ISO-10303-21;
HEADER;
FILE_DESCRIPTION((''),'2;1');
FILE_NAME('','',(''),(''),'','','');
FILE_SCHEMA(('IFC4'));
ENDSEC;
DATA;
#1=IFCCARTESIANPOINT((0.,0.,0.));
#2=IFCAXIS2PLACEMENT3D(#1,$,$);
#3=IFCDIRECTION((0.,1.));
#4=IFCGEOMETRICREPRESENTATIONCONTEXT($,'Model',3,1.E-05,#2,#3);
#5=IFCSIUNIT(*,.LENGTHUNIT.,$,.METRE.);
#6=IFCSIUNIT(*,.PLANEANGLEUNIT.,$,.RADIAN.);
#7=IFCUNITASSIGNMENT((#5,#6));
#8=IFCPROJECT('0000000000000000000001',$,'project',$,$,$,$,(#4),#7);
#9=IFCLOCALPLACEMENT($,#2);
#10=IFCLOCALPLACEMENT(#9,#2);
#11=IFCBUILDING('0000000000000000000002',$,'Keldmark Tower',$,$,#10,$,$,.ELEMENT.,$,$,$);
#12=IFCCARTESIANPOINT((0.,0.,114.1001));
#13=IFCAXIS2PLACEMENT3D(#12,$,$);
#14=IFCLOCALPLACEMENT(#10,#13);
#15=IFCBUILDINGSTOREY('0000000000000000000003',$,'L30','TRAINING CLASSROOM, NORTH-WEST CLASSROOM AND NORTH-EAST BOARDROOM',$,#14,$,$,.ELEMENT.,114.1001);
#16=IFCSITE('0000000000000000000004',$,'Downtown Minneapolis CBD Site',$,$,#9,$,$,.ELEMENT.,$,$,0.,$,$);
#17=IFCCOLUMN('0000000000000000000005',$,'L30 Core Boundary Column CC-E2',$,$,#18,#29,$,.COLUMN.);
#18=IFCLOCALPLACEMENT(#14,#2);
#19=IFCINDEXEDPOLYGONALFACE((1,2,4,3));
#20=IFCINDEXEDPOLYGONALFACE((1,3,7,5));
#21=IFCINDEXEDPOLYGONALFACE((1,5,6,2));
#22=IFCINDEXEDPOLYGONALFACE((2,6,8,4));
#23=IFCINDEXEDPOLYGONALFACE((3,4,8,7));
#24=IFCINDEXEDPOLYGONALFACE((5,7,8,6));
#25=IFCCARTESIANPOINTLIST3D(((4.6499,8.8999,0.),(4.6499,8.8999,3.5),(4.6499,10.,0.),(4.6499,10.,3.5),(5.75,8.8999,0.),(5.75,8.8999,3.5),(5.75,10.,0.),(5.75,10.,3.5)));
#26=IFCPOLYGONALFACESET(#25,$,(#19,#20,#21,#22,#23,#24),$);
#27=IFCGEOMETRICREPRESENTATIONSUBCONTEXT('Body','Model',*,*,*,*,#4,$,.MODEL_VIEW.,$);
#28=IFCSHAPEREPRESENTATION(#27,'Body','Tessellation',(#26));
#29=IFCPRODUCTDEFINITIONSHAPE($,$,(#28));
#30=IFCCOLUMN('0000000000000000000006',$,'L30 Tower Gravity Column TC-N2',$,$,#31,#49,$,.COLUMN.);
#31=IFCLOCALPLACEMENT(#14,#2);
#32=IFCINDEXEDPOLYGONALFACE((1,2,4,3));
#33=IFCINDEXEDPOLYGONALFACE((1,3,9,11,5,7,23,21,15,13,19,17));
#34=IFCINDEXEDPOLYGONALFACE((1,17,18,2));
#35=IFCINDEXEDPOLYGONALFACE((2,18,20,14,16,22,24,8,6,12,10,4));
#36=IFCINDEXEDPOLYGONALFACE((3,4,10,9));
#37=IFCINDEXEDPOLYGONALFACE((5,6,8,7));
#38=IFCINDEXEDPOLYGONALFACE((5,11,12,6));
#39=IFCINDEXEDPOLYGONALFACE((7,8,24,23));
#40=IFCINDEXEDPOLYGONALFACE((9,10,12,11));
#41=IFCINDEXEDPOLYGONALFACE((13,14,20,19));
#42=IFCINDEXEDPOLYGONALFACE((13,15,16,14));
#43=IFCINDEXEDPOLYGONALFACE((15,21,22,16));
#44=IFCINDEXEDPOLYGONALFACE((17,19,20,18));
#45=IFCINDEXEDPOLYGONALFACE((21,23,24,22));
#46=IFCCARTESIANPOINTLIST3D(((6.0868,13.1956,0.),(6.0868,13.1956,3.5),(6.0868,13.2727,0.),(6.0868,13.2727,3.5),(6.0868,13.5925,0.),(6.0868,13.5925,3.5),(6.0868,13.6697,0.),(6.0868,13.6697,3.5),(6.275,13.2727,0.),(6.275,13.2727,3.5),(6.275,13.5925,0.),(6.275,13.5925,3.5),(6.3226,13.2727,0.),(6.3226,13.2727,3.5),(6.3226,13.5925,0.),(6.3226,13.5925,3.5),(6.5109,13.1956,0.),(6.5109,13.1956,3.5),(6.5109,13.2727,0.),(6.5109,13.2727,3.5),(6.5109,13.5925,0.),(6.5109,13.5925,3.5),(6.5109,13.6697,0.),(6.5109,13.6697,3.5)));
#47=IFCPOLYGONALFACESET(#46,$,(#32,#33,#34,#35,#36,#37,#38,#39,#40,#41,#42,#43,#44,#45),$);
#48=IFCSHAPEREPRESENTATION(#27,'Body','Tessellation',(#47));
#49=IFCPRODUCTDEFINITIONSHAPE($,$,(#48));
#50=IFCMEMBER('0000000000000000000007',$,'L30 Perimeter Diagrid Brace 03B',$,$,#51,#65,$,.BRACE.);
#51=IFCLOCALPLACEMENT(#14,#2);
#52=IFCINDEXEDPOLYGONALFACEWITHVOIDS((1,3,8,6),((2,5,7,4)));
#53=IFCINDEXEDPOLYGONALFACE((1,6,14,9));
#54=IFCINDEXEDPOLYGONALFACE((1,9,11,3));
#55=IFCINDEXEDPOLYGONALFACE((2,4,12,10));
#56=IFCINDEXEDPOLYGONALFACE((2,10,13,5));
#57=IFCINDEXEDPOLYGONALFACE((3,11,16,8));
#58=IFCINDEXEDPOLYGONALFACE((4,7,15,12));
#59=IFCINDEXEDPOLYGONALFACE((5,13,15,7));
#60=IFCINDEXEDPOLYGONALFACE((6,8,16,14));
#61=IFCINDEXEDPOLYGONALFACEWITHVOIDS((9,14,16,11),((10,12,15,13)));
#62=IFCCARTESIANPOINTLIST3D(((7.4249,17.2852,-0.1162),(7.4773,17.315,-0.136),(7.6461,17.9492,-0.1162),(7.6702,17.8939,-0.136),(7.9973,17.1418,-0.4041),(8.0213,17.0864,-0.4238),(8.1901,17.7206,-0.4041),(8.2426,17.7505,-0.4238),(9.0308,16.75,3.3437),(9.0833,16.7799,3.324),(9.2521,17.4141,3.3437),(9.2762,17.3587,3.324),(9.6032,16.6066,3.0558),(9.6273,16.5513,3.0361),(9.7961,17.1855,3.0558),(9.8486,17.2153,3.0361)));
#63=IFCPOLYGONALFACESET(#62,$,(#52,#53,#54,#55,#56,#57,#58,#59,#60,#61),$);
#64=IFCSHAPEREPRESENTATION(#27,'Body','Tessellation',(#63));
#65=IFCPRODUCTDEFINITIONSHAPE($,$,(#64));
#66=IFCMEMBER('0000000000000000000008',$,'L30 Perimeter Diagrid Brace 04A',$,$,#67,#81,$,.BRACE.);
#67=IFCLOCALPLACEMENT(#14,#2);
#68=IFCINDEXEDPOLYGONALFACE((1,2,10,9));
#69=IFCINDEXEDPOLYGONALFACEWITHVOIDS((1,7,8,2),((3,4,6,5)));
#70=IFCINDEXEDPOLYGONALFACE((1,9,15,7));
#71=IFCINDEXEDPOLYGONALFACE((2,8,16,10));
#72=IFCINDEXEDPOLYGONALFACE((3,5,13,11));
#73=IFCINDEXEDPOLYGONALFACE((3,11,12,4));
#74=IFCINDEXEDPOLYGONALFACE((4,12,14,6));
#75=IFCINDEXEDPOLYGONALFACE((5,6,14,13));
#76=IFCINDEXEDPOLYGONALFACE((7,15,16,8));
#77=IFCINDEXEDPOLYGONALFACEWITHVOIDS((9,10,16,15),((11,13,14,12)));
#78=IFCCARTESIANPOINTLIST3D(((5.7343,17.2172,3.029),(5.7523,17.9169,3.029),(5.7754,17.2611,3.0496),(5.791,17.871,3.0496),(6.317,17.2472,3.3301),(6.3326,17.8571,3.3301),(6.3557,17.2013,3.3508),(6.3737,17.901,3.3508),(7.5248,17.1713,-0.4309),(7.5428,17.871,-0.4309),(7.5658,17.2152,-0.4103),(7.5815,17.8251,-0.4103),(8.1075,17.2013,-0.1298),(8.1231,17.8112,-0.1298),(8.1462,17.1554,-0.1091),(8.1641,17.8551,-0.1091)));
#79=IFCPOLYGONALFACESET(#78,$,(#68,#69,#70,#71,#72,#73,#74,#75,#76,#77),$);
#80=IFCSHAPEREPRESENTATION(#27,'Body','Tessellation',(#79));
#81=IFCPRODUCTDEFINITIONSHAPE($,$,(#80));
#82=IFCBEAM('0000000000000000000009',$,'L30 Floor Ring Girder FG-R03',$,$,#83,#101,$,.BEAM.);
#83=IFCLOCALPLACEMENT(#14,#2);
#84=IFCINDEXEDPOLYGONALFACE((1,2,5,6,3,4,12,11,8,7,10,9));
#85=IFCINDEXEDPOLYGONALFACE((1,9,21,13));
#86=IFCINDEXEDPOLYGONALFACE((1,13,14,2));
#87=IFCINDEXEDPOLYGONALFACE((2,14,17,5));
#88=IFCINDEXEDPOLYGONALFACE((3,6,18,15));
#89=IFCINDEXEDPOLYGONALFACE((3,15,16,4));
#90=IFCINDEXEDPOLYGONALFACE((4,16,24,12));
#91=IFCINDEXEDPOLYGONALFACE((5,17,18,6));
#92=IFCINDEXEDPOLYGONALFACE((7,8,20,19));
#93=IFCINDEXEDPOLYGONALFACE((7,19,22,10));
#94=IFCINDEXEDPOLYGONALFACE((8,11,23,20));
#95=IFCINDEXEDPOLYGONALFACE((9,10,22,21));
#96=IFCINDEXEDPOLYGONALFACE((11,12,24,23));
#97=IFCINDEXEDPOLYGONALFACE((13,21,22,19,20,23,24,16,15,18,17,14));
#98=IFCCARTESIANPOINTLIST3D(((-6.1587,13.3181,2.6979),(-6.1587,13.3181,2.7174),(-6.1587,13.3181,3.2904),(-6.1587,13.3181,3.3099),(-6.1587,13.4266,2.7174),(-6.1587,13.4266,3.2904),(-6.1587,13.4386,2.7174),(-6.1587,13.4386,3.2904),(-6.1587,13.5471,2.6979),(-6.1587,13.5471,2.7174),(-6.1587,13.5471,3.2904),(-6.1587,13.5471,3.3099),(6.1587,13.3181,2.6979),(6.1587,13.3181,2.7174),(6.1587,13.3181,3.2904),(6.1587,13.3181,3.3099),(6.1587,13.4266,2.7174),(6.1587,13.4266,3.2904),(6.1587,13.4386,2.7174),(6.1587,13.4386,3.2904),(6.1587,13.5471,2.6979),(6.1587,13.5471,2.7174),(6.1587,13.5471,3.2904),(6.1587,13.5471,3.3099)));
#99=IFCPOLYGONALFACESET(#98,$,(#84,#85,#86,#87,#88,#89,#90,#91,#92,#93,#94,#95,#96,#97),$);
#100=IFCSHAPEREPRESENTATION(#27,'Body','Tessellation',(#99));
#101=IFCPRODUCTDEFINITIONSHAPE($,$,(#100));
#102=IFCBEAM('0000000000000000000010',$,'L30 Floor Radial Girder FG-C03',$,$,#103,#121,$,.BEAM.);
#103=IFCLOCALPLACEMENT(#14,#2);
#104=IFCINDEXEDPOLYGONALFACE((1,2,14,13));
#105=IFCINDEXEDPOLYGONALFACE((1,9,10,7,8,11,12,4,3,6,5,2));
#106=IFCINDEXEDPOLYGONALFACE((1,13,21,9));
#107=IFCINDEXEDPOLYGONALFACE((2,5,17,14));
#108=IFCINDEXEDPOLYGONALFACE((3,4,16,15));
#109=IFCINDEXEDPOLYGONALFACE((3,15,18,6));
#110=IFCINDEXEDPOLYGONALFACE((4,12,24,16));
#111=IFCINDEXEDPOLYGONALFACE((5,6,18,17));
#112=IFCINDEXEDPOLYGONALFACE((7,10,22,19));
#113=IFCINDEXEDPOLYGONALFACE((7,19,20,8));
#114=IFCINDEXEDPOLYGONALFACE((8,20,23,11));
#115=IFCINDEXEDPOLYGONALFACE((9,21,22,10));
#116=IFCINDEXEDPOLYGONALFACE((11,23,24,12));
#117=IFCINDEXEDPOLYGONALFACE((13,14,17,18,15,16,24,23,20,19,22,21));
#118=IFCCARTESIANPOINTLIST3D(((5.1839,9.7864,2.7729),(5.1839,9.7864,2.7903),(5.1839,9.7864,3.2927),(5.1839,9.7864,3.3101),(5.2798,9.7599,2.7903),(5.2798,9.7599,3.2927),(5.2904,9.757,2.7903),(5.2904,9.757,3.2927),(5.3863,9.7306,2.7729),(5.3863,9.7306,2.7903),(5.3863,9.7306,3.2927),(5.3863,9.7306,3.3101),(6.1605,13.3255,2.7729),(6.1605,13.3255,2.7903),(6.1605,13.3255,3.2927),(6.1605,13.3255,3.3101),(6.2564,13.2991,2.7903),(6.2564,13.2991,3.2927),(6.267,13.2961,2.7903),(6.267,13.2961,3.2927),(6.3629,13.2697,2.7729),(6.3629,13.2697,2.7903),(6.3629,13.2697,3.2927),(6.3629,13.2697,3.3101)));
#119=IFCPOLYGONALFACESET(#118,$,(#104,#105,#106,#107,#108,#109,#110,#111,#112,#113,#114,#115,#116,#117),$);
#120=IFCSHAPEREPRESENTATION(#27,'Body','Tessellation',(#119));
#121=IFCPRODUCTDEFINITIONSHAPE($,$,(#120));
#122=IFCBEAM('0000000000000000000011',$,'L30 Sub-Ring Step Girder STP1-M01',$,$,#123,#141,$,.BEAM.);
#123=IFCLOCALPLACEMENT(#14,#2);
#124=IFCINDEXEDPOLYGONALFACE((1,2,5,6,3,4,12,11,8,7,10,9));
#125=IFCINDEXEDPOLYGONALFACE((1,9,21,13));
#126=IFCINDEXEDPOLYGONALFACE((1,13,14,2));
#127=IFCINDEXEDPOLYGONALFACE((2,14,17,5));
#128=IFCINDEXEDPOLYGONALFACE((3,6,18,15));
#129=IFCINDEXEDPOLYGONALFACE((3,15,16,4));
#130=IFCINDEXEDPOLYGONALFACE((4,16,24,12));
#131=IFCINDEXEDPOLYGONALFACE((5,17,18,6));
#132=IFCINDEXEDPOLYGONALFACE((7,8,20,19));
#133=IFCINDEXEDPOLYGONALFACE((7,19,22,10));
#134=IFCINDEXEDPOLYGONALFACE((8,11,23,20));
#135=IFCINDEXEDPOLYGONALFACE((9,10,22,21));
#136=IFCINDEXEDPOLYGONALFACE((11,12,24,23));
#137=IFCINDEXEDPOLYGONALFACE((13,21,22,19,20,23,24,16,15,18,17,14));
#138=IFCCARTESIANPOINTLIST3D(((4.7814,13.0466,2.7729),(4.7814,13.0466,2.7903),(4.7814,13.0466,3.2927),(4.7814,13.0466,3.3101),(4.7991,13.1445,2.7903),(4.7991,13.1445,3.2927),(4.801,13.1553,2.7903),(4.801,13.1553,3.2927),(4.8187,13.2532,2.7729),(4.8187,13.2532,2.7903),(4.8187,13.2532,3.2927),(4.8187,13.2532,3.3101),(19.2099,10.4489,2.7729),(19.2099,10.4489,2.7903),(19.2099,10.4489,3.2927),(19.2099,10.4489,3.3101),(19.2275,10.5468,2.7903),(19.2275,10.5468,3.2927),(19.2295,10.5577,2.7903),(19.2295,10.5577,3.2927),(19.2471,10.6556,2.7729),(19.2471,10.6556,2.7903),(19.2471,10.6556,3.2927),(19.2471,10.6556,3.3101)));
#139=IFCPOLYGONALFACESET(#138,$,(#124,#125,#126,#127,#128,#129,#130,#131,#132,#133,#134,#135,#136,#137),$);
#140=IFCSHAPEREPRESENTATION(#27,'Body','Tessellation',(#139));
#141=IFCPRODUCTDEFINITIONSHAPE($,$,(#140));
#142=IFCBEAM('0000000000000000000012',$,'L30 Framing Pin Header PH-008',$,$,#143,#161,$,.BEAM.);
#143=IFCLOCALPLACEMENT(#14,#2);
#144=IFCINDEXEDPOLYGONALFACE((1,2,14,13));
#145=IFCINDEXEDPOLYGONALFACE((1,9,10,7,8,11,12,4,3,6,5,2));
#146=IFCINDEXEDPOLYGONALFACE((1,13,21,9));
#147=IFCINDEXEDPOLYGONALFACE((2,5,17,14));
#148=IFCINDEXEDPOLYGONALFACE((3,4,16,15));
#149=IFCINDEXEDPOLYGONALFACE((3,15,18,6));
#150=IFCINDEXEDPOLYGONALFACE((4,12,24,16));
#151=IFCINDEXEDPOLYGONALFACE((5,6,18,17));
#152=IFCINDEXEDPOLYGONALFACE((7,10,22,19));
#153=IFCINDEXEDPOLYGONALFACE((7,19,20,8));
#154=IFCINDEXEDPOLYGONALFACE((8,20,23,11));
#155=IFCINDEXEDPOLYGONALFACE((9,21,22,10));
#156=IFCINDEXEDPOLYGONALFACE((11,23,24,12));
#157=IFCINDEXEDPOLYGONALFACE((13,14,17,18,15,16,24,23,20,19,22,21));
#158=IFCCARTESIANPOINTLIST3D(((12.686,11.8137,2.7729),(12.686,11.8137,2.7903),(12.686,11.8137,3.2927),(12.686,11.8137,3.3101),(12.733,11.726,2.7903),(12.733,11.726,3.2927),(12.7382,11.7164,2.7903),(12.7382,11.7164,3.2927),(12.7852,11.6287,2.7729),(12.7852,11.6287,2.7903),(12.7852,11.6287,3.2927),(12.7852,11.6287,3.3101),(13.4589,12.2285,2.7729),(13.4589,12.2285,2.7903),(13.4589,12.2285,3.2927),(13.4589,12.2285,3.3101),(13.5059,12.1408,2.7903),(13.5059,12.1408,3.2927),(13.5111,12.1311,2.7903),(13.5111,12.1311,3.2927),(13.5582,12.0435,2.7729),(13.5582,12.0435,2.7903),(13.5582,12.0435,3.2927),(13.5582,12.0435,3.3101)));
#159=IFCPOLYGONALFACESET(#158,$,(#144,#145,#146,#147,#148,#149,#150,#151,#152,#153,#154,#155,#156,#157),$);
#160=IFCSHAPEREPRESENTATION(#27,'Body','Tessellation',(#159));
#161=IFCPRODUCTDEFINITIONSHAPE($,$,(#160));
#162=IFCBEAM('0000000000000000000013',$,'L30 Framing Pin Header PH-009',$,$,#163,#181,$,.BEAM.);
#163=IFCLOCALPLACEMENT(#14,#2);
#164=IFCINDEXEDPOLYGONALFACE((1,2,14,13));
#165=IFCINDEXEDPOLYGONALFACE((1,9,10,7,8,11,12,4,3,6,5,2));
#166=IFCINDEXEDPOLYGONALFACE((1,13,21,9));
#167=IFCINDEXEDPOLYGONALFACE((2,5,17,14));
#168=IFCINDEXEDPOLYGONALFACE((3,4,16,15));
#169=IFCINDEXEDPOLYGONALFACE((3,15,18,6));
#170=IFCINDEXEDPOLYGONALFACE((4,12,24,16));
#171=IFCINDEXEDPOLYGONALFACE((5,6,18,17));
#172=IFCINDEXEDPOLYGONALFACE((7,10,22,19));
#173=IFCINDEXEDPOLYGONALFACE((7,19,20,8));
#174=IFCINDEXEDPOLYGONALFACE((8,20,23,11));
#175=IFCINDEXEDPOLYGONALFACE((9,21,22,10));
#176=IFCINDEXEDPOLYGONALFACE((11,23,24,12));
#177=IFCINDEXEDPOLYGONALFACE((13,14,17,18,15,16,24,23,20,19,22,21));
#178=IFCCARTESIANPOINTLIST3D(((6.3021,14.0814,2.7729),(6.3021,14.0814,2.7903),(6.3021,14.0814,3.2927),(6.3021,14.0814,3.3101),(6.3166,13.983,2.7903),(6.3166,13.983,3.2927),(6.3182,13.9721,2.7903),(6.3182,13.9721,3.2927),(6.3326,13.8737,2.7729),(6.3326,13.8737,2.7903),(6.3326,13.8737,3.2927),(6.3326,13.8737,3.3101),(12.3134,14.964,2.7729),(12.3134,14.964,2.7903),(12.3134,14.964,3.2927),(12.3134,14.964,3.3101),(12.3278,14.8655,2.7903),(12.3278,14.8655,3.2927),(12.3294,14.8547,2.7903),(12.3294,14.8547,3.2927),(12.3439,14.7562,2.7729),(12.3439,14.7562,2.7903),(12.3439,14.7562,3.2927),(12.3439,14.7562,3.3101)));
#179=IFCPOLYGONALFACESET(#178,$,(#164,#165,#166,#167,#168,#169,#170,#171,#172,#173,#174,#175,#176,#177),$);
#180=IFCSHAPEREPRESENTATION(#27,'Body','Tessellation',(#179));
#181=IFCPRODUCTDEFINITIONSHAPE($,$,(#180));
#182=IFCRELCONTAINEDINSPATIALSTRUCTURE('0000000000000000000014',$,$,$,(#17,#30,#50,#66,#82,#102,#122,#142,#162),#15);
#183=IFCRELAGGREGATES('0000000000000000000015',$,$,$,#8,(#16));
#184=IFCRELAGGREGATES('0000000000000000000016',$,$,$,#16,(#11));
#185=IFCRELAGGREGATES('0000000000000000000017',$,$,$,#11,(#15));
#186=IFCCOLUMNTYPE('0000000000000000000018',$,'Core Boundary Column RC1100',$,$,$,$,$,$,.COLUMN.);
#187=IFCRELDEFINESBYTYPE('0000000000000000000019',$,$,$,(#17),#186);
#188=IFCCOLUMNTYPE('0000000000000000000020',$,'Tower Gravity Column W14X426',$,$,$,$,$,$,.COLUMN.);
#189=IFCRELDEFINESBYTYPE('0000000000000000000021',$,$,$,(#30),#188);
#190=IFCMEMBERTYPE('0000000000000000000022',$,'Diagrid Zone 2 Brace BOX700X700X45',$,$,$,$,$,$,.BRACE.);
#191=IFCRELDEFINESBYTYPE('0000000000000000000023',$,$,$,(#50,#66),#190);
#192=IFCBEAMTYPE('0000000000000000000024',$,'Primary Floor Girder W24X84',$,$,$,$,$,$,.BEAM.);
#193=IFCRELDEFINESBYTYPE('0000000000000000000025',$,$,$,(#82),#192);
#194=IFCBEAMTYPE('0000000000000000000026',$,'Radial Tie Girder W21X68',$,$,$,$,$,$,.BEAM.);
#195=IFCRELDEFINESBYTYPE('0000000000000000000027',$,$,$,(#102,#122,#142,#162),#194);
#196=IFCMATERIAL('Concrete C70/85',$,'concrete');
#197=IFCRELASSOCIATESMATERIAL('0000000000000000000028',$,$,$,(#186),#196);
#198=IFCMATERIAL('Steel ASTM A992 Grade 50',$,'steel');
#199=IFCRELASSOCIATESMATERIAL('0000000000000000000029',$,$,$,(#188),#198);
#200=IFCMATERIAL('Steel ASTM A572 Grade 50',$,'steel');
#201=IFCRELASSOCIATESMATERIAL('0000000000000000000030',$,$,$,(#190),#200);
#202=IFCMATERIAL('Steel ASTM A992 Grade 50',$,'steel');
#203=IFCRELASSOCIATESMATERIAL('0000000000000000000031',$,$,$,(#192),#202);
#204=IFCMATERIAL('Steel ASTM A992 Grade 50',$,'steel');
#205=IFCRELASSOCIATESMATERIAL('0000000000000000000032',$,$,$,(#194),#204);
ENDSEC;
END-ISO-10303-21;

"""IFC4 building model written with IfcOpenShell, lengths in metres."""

from ifc_helpers import new_model, si_unit, direction, frame, origin, origin_2d, place, context, subcontext, project, spatial, rectangle, hollow_rectangle, i_section, extrude, material, material_profile, profile_set, type_object, element, save


model = new_model("IFC4")

# Units and contexts
model_context = context("Model", 3, precision=1e-05, world=origin(), true_north=direction((0.0, 1.0)))
body_context = subcontext(model_context, "Body", "Model", "MODEL_VIEW")
ifc_project = project(units=[si_unit("LENGTHUNIT", "METRE"), si_unit("PLANEANGLEUNIT", "RADIAN")], contexts=[model_context])

# Site, building, storey
site_placement = place(None, origin())
site = spatial("IfcSite", under=ifc_project, at=site_placement, Name="Downtown Minneapolis CBD Site", CompositionType="ELEMENT", RefElevation=0.0)
building_placement = place(site_placement, origin())
building = spatial("IfcBuilding", under=site, at=building_placement, Name="Keldmark Tower", CompositionType="ELEMENT")
storey_placement = place(building_placement, frame((0.0, 0.0, 114.1001)))
storey = spatial("IfcBuildingStorey", under=building, at=storey_placement, Name="L30", Description="TRAINING CLASSROOM, NORTH-WEST CLASSROOM AND NORTH-EAST BOARDROOM", CompositionType="ELEMENT", Elevation=114.1001)

# Columns
ifc_material_1 = material(Name="Concrete C70/85", Category="concrete")
ifc_material_profile_1 = material_profile(ifc_material_1, rectangle(XDim=1.1001, YDim=1.1001, at=origin_2d()), Name="RC1100X1100")
ifc_profile_set_1 = profile_set([ifc_material_profile_1], Name="Concrete C70/85")
column_type_1 = type_object("IfcColumnType", Name="Core Boundary Column RC1100", PredefinedType="COLUMN", material=ifc_profile_set_1)
column_1_placement = place(storey_placement, frame((5.2, 9.45, 0.0), z_axis=(0.0, 0.0, 1.0), x_axis=(1.0, 0.0, 0.0)))
element("IfcColumn", 1, at=column_1_placement, inside=storey, type_object=column_type_1, Name="L30 Core Boundary Column CC-E2", PredefinedType="COLUMN", context=body_context, shape_type="SweptSolid", body=[
    extrude(rectangle(XDim=1.1001, YDim=1.1001, at=origin_2d()), origin(), (0.0, 0.0, 1.0), 3.5),
])
ifc_material_2 = material(Name="Steel ASTM A992 Grade 50", Category="steel")
ifc_material_profile_2 = material_profile(ifc_material_2, i_section(OverallWidth=0.4241, OverallDepth=0.4741, WebThickness=0.0476, FlangeThickness=0.0771, at=origin_2d()), Name="W14X426")
ifc_profile_set_2 = profile_set([ifc_material_profile_2], Name="Steel ASTM A992 Grade 50")
column_type_2 = type_object("IfcColumnType", Name="Tower Gravity Column W14X426", PredefinedType="COLUMN", material=ifc_profile_set_2)
column_2_placement = place(storey_placement, frame((6.2988, 13.4326, 0.0), z_axis=(0.0, 0.0, 1.0), x_axis=(1.0, 0.0, 0.0)))
element("IfcColumn", 2, at=column_2_placement, inside=storey, type_object=column_type_2, Name="L30 Tower Gravity Column TC-N2", PredefinedType="COLUMN", context=body_context, shape_type="SweptSolid", body=[
    extrude(i_section(OverallWidth=0.4241, OverallDepth=0.4741, WebThickness=0.0476, FlangeThickness=0.0771, at=origin_2d()), origin(), (0.0, 0.0, 1.0), 3.5),
])

# Members
ifc_material_3 = material(Name="Steel ASTM A572 Grade 50", Category="steel")
ifc_material_profile_3 = material_profile(ifc_material_3, hollow_rectangle(XDim=0.7, YDim=0.7, WallThickness=0.0449, at=origin_2d()), Name="BOX700X700X45")
ifc_profile_set_3 = profile_set([ifc_material_profile_3], Name="Steel ASTM A572 Grade 50")
member_type = type_object("IfcMemberType", Name="Diagrid Zone 2 Brace BOX700X700X45", PredefinedType="BRACE", material=ifc_profile_set_3)
member_1_placement = place(storey_placement, frame((7.8337, 17.5178, -0.27), z_axis=(0.41693, -0.138935, 0.898257), x_axis=(0.316141, 0.948712, 0.0)))
element("IfcMember", 3, at=member_1_placement, inside=storey, type_object=member_type, Name="L30 Perimeter Diagrid Brace 03B", PredefinedType="BRACE", context=body_context, shape_type="SweptSolid", body=[
    extrude(hollow_rectangle(XDim=0.7, YDim=0.7, WallThickness=0.0449, at=origin_2d()), origin(), (0.0, 0.0, 1.0), 3.8518),
])
member_2_placement = place(storey_placement, frame((7.8445, 17.5132, -0.27), z_axis=(-0.459572, 0.011781, 0.888063), x_axis=(-0.025626, -0.999672, 0.0)))
element("IfcMember", 4, at=member_2_placement, inside=storey, type_object=member_type, Name="L30 Perimeter Diagrid Brace 04A", PredefinedType="BRACE", context=body_context, shape_type="SweptSolid", body=[
    extrude(hollow_rectangle(XDim=0.7, YDim=0.7, WallThickness=0.0449, at=origin_2d()), origin(), (0.0, 0.0, 1.0), 3.896),
])

# Beams
ifc_material_4 = material(Name="Steel ASTM A992 Grade 50", Category="steel")
ifc_material_profile_4 = material_profile(ifc_material_4, i_section(OverallWidth=0.229, OverallDepth=0.6121, WebThickness=0.012, FlangeThickness=0.0195, at=origin_2d()), Name="W24X84")
ifc_profile_set_4 = profile_set([ifc_material_profile_4], Name="Steel ASTM A992 Grade 50")
beam_type_1 = type_object("IfcBeamType", Name="Primary Floor Girder W24X84", PredefinedType="BEAM", material=ifc_profile_set_4)
beam_1_placement = place(storey_placement, frame((6.1587, 13.4326, 3.0039), z_axis=(-1.0, 0.0, 0.0), x_axis=(0.0, -1.0, 0.0)))
element("IfcBeam", 5, at=beam_1_placement, inside=storey, type_object=beam_type_1, Name="L30 Floor Ring Girder FG-R03", PredefinedType="BEAM", context=body_context, shape_type="SweptSolid", body=[
    extrude(i_section(OverallWidth=0.229, OverallDepth=0.6121, WebThickness=0.012, FlangeThickness=0.0195, at=origin_2d()), origin(), (0.0, 0.0, 1.0), 12.3174),
])
ifc_material_5 = material(Name="Steel ASTM A992 Grade 50", Category="steel")
ifc_material_profile_5 = material_profile(ifc_material_5, i_section(OverallWidth=0.21, OverallDepth=0.5371, WebThickness=0.011, FlangeThickness=0.0173, at=origin_2d()), Name="W21X68")
ifc_profile_set_5 = profile_set([ifc_material_profile_5], Name="Steel ASTM A992 Grade 50")
beam_type_2 = type_object("IfcBeamType", Name="Radial Tie Girder W21X68", PredefinedType="BEAM", material=ifc_profile_set_5)
beam_2_placement = place(storey_placement, frame((6.2617, 13.2976, 3.0415), z_axis=(-0.265997, -0.963974, 0.0), x_axis=(0.963974, -0.265997, 0.0)))
element("IfcBeam", 6, at=beam_2_placement, inside=storey, type_object=beam_type_2, Name="L30 Floor Radial Girder FG-C03", PredefinedType="BEAM", context=body_context, shape_type="SweptSolid", body=[
    extrude(i_section(OverallWidth=0.21, OverallDepth=0.5371, WebThickness=0.011, FlangeThickness=0.0173, at=origin_2d()), origin(), (0.0, 0.0, 1.0), 3.6714),
])
beam_3_placement = place(storey_placement, frame((4.8, 13.1499, 3.0415), z_axis=(0.984177, -0.177188, 0.0), x_axis=(0.177188, 0.984177, 0.0)))
element("IfcBeam", 7, at=beam_3_placement, inside=storey, type_object=beam_type_2, Name="L30 Sub-Ring Step Girder STP1-M01", PredefinedType="BEAM", context=body_context, shape_type="SweptSolid", body=[
    extrude(i_section(OverallWidth=0.21, OverallDepth=0.5371, WebThickness=0.011, FlangeThickness=0.0173, at=origin_2d()), origin(), (0.0, 0.0, 1.0), 14.6604),
])
beam_4_placement = place(storey_placement, frame((12.7356, 11.7212, 3.0415), z_axis=(0.88114, 0.472855, 0.0), x_axis=(-0.472855, 0.88114, 0.0)))
element("IfcBeam", 8, at=beam_4_placement, inside=storey, type_object=beam_type_2, Name="L30 Framing Pin Header PH-008", PredefinedType="BEAM", context=body_context, shape_type="SweptSolid", body=[
    extrude(i_section(OverallWidth=0.21, OverallDepth=0.5371, WebThickness=0.011, FlangeThickness=0.0173, at=origin_2d()), origin(), (0.0, 0.0, 1.0), 0.8772),
])
beam_5_placement = place(storey_placement, frame((12.3286, 14.8601, 3.0415), z_axis=(-0.989393, -0.145263, 0.0), x_axis=(0.145263, -0.989393, 0.0)))
element("IfcBeam", 9, at=beam_5_placement, inside=storey, type_object=beam_type_2, Name="L30 Framing Pin Header PH-009", PredefinedType="BEAM", context=body_context, shape_type="SweptSolid", body=[
    extrude(i_section(OverallWidth=0.21, OverallDepth=0.5371, WebThickness=0.011, FlangeThickness=0.0173, at=origin_2d()), origin(), (0.0, 0.0, 1.0), 6.0757),
])

save(model, "model.ifc")
